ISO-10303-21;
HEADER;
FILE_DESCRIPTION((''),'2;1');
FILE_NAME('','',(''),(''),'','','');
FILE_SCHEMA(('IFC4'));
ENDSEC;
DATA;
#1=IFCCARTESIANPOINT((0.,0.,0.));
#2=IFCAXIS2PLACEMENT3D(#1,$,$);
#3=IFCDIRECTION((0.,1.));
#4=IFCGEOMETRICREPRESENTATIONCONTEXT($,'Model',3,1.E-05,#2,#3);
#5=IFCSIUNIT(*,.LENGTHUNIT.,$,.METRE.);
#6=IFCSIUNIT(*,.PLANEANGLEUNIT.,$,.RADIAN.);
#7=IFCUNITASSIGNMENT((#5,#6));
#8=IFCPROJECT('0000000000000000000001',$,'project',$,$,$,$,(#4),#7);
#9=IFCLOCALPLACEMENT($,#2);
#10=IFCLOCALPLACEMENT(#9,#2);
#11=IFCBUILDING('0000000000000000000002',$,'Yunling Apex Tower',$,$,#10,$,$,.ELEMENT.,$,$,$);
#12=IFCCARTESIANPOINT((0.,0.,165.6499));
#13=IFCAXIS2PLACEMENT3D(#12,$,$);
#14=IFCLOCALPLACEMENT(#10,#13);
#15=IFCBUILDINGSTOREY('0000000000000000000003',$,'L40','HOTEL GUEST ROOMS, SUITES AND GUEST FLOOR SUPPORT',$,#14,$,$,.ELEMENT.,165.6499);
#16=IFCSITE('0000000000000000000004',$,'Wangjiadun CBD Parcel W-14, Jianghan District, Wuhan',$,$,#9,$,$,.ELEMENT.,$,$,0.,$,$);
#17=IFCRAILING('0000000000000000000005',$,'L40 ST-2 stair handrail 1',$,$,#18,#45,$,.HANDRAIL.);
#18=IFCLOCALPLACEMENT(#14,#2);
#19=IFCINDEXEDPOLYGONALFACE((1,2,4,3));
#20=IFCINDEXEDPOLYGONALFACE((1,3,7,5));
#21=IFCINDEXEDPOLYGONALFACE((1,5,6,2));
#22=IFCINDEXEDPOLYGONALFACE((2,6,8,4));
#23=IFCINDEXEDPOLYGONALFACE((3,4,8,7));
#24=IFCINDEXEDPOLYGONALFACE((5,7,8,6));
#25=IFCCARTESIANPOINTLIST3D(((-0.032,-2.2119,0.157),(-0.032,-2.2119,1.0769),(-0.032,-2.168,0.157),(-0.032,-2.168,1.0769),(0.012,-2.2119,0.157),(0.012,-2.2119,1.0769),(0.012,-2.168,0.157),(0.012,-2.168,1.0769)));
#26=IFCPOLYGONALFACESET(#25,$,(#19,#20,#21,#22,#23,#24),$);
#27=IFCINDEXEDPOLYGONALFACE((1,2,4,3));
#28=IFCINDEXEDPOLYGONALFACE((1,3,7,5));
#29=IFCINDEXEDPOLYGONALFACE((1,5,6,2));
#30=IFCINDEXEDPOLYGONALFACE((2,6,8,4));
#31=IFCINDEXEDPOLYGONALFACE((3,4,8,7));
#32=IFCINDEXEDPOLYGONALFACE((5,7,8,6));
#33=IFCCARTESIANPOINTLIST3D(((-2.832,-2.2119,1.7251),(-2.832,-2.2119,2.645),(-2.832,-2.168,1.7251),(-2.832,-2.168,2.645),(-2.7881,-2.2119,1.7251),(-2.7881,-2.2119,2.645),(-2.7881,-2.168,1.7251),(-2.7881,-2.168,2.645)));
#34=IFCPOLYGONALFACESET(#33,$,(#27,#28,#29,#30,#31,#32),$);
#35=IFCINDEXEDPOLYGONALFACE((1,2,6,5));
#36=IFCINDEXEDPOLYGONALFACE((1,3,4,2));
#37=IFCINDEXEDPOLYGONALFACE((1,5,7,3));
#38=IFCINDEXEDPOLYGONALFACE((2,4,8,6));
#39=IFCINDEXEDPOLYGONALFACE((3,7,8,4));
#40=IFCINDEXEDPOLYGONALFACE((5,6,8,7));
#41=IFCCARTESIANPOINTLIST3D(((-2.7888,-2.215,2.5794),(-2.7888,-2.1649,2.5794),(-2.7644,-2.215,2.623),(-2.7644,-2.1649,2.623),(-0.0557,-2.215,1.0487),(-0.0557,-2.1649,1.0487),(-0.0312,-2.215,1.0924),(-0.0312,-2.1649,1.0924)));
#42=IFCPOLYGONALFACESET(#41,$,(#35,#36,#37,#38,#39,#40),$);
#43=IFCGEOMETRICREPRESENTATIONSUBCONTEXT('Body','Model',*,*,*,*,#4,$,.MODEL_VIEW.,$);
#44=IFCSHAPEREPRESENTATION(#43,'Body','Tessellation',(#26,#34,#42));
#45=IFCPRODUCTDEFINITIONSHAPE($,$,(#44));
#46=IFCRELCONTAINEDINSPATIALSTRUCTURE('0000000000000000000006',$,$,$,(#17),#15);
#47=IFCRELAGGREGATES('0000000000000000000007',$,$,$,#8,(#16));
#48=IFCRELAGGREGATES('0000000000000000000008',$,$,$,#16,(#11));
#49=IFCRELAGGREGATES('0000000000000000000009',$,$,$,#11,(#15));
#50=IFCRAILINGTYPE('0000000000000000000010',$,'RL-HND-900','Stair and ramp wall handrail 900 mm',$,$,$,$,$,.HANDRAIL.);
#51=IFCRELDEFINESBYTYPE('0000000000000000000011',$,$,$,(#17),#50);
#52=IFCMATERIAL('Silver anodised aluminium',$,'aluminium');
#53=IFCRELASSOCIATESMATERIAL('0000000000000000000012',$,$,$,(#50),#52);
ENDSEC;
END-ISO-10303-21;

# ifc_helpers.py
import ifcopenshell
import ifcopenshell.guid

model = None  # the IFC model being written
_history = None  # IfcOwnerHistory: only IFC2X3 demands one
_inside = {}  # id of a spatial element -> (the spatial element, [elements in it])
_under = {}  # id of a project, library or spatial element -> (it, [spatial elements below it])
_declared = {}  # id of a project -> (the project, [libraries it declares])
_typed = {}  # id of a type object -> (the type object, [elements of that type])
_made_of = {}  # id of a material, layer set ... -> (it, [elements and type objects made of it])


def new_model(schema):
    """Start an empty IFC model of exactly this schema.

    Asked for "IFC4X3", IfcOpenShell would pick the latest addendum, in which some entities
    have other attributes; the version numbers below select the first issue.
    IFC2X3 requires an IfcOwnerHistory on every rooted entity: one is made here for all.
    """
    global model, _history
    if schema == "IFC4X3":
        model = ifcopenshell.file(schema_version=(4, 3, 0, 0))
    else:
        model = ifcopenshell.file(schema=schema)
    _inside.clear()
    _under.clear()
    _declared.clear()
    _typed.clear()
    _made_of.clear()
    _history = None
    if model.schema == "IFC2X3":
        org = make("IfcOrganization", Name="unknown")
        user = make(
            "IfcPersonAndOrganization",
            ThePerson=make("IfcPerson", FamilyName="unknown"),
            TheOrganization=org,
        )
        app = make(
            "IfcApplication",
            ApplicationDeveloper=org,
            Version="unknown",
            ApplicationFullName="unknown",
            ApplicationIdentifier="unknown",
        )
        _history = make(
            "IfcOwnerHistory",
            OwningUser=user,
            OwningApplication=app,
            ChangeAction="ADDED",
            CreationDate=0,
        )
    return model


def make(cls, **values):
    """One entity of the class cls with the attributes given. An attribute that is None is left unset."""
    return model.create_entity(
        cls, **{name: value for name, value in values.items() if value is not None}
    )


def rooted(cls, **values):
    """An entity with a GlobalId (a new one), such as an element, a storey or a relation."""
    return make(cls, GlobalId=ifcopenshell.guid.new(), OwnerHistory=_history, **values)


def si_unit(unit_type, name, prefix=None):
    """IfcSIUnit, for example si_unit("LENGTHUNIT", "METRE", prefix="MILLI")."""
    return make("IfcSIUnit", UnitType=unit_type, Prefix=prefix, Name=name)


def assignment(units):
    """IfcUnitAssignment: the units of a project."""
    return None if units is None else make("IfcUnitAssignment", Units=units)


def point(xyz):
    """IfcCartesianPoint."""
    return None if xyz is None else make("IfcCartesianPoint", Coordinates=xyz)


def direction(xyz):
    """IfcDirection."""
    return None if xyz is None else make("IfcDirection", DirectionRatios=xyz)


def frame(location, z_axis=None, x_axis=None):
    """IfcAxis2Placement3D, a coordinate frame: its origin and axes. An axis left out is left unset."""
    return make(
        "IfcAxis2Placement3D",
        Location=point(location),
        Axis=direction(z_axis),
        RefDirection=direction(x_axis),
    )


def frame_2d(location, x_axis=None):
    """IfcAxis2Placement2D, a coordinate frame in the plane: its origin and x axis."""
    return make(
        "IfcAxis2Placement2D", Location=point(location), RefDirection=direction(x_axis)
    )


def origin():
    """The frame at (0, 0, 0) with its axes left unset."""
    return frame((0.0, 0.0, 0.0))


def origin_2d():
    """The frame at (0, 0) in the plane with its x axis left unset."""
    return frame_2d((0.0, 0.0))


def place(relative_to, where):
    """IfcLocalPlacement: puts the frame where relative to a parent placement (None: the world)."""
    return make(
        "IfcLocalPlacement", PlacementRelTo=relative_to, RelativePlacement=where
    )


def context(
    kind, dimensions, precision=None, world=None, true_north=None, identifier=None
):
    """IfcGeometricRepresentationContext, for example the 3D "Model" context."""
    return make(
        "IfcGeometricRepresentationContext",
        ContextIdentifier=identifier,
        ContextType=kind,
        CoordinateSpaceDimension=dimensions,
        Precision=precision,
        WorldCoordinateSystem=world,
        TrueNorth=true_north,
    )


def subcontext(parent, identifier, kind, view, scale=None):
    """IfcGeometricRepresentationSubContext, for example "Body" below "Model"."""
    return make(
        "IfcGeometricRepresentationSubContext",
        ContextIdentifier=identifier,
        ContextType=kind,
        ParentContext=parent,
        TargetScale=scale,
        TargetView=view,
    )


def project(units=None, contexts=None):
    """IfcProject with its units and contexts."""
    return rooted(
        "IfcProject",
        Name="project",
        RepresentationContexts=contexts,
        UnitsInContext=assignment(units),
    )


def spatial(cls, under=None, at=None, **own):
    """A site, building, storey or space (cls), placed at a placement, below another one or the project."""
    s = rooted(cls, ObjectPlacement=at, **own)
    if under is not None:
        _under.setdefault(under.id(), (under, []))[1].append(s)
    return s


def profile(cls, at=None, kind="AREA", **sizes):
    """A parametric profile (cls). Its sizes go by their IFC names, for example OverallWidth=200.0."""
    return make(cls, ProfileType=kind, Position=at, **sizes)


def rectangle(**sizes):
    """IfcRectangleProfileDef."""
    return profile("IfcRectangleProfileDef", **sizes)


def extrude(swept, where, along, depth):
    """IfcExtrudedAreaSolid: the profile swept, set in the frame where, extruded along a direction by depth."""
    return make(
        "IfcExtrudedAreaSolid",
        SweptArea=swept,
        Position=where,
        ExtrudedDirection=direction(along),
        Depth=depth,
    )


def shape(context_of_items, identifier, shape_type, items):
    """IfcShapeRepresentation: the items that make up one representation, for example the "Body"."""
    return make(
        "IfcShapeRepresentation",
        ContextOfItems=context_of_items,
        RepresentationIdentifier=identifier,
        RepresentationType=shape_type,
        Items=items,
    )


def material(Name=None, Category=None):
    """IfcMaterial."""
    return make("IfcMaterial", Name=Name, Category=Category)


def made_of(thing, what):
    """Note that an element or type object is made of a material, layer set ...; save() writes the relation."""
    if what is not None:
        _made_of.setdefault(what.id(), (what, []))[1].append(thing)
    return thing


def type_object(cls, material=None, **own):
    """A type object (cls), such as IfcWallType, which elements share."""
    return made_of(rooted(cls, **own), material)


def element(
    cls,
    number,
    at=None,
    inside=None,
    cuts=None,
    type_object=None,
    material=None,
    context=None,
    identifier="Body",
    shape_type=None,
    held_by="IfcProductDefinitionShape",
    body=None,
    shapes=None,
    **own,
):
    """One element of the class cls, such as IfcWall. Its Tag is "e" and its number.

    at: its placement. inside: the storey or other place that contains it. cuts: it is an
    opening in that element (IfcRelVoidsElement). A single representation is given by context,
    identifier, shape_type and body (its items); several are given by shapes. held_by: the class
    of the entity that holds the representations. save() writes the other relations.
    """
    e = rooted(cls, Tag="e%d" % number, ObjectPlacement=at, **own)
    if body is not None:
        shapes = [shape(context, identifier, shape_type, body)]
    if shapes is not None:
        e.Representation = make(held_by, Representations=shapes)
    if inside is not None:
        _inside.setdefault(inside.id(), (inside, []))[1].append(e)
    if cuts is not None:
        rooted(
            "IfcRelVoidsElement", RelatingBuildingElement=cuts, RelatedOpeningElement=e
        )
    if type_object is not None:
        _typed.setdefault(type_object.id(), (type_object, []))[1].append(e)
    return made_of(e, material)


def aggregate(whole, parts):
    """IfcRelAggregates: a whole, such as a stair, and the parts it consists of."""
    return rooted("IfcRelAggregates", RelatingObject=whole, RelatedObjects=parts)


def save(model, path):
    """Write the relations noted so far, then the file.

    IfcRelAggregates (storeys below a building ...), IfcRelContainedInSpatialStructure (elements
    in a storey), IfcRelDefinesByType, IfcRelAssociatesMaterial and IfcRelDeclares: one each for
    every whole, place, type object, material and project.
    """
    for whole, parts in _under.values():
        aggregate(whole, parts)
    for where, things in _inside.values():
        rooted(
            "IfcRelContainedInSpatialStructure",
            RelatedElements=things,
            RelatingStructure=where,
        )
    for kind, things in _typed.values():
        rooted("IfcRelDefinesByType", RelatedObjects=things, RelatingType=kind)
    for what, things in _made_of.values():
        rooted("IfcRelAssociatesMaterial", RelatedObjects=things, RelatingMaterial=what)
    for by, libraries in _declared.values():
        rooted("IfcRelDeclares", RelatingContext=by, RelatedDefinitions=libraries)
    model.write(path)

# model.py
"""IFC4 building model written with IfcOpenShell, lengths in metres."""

from ifc_helpers import new_model, si_unit, direction, frame, origin, origin_2d, place, context, subcontext, project, spatial, rectangle, extrude, material, type_object, element, save


model = new_model("IFC4")

# Units and contexts
model_context = context("Model", 3, precision=1e-05, world=origin(), true_north=direction((0.0, 1.0)))
body_context = subcontext(model_context, "Body", "Model", "MODEL_VIEW")
ifc_project = project(units=[si_unit("LENGTHUNIT", "METRE"), si_unit("PLANEANGLEUNIT", "RADIAN")], contexts=[model_context])

# Site, building, storey
site_placement = place(None, origin())
site = spatial("IfcSite", under=ifc_project, at=site_placement, Name="Wangjiadun CBD Parcel W-14, Jianghan District, Wuhan", CompositionType="ELEMENT", RefElevation=0.0)
building_placement = place(site_placement, origin())
building = spatial("IfcBuilding", under=site, at=building_placement, Name="Yunling Apex Tower", CompositionType="ELEMENT")
storey_placement = place(building_placement, frame((0.0, 0.0, 165.6499)))
storey = spatial("IfcBuildingStorey", under=building, at=storey_placement, Name="L40", Description="HOTEL GUEST ROOMS, SUITES AND GUEST FLOOR SUPPORT", CompositionType="ELEMENT", Elevation=165.6499)

# Railing
ifc_material_1 = material(Name="Silver anodised aluminium", Category="aluminium")
railing_type_1 = type_object("IfcRailingType", Name="RL-HND-900", Description="Stair and ramp wall handrail 900 mm", PredefinedType="HANDRAIL", material=ifc_material_1)
railing_1_placement = place(storey_placement, frame((-0.01, -2.1899, 0.157)))
element("IfcRailing", 1, at=railing_1_placement, inside=storey, type_object=railing_type_1, Name="L40 ST-2 stair handrail 1", PredefinedType="HANDRAIL", context=body_context, shape_type="SweptSolid", body=[
    extrude(rectangle(XDim=0.0439, YDim=0.0439, at=origin_2d()), origin(), (0.0, 0.0, 1.0), 0.9199),
    extrude(rectangle(XDim=0.0439, YDim=0.0439, at=origin_2d()), frame((-2.8, 0.0, 1.5681)), (0.0, 0.0, 1.0), 0.9199),
    extrude(rectangle(XDim=0.05, YDim=0.05, at=origin_2d()), frame((-0.0334, 0.0, 0.9136), z_axis=(-0.872494, 0.0, 0.488624), x_axis=(0.0, -1.0, 0.0)), (0.0, 0.0, 1.0), 3.1326),
])

save(model, "model.ifc")
